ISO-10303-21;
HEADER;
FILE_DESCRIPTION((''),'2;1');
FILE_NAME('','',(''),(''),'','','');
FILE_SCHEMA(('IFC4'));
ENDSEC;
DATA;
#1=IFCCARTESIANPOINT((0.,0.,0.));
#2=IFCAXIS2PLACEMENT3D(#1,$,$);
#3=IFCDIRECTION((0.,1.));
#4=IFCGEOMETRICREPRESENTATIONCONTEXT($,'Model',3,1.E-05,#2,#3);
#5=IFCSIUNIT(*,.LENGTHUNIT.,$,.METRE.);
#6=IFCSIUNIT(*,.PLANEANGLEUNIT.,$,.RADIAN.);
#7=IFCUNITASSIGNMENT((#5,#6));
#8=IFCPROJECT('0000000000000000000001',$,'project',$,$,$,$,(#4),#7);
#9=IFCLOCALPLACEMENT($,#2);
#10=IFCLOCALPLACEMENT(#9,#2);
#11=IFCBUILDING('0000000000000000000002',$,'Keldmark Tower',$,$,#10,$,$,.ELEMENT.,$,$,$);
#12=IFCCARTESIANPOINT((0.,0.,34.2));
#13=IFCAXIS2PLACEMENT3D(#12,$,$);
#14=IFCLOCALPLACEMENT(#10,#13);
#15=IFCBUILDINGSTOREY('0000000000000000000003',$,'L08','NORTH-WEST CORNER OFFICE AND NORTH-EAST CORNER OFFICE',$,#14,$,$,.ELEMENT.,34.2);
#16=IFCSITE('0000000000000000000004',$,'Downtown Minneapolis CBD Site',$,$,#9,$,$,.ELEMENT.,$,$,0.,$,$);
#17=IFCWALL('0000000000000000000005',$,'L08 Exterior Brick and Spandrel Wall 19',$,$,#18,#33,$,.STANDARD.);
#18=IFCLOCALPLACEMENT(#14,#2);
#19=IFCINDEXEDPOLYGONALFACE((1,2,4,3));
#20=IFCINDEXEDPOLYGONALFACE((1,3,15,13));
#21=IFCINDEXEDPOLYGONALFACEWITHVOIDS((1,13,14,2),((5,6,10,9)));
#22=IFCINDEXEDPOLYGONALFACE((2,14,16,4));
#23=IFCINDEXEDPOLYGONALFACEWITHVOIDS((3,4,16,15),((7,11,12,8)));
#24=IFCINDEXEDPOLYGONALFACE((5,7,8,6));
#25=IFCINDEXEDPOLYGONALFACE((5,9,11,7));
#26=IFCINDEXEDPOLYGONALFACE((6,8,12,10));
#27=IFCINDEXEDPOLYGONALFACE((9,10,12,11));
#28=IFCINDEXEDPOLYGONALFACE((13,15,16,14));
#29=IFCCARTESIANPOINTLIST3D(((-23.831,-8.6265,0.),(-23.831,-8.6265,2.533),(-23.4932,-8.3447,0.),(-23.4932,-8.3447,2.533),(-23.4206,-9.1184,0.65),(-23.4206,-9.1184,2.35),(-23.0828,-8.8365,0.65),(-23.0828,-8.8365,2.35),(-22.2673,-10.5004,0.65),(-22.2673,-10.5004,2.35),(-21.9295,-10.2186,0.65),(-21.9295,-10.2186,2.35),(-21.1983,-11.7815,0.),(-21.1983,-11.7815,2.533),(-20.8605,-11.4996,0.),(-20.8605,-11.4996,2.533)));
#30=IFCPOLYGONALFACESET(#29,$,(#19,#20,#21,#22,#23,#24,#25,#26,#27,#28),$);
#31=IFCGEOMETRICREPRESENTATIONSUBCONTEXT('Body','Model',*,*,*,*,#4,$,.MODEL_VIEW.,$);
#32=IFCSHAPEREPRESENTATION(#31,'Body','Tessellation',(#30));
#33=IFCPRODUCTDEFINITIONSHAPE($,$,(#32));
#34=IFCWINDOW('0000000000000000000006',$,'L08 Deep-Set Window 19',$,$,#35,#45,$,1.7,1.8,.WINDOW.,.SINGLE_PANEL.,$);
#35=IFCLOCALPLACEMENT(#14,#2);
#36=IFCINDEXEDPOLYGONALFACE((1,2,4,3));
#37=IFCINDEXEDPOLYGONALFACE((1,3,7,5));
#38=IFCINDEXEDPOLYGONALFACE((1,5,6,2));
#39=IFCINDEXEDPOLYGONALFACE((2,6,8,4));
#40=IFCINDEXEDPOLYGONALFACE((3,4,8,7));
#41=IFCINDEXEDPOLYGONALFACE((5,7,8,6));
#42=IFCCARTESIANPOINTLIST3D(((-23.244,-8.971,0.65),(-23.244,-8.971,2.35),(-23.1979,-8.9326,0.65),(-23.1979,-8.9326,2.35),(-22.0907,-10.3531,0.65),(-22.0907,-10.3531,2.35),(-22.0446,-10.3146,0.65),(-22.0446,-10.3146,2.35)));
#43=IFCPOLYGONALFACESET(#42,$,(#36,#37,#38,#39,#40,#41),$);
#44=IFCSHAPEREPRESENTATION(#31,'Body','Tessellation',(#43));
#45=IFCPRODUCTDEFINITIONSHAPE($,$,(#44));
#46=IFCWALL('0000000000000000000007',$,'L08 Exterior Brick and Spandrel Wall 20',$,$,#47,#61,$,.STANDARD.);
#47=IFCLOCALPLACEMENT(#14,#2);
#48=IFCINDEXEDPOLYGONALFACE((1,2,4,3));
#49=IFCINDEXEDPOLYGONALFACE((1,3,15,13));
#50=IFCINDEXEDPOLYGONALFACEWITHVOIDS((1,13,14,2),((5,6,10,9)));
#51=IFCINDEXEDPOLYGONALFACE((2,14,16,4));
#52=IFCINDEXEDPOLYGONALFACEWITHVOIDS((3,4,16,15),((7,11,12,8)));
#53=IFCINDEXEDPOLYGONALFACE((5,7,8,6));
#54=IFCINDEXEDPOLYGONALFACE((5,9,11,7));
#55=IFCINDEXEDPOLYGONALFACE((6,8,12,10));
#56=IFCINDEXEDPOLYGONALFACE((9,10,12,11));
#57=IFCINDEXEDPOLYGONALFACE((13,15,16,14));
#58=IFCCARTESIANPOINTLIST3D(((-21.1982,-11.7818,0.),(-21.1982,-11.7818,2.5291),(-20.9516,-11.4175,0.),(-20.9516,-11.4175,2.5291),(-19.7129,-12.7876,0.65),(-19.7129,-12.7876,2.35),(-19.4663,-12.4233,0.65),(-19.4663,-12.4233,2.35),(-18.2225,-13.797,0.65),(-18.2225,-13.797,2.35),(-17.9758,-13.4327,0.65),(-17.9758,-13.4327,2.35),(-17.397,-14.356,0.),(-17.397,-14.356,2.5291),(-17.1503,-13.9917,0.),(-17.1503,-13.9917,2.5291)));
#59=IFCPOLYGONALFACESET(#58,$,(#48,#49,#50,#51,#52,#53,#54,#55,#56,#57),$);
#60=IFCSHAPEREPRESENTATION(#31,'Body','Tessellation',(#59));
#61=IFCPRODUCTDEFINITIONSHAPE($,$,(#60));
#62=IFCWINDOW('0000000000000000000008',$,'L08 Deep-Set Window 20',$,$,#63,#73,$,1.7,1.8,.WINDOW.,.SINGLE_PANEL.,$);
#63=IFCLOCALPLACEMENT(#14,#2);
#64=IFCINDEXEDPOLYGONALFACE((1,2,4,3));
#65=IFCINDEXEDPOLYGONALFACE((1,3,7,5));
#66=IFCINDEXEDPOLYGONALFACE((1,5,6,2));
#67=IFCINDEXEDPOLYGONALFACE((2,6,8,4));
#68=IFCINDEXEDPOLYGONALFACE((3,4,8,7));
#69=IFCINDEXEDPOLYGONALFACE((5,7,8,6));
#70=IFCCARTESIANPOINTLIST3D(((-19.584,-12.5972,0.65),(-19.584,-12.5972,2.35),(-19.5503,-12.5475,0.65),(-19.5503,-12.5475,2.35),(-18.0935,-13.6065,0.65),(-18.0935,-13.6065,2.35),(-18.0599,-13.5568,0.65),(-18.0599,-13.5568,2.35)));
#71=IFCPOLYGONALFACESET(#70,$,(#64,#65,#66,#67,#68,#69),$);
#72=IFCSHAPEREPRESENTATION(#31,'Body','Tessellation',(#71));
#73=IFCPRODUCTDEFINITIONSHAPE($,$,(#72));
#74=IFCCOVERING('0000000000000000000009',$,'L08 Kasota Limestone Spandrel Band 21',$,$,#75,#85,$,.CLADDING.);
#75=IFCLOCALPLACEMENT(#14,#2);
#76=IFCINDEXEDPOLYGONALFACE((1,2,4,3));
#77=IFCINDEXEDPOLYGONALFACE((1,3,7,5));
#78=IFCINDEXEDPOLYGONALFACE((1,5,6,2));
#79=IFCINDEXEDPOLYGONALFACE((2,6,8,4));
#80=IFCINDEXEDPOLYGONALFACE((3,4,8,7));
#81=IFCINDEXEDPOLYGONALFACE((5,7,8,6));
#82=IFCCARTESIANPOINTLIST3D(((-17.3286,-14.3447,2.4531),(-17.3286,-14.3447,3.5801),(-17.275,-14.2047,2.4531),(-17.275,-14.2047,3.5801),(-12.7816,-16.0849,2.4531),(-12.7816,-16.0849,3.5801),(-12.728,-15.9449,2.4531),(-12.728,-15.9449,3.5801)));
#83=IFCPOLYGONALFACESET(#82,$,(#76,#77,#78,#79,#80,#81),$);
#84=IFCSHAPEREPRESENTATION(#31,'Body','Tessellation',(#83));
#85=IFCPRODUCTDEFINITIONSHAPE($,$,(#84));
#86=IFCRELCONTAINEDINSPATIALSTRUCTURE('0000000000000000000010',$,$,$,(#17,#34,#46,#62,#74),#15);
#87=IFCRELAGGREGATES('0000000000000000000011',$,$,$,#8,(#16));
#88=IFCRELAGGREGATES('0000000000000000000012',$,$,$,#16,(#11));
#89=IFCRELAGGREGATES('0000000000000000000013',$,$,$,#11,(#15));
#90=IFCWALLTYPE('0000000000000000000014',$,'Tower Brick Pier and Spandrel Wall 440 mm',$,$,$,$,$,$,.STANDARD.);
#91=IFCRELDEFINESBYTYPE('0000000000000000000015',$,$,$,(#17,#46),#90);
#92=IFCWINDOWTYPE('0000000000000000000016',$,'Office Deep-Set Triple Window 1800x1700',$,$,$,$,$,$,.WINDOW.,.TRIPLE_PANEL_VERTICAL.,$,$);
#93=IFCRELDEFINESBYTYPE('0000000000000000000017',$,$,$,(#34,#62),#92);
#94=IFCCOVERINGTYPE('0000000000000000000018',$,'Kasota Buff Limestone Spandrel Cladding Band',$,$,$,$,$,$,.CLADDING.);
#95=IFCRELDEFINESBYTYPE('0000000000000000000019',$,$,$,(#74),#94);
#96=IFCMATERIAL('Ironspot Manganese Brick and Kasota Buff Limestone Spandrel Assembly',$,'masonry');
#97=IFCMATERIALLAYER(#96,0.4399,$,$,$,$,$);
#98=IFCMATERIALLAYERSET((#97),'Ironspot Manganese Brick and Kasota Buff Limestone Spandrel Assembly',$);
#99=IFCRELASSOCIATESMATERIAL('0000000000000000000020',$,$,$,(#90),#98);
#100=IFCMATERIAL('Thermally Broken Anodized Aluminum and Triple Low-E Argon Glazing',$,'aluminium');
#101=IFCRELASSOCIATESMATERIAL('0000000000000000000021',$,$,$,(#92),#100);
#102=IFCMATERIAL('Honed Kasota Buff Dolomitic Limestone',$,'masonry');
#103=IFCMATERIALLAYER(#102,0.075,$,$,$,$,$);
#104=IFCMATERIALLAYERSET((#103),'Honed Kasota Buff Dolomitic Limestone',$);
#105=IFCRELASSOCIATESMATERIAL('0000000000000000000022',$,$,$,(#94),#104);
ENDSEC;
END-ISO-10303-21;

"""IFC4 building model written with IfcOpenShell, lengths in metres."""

from ifc_helpers import new_model, si_unit, direction, frame, frame_2d, origin, origin_2d, place, context, subcontext, project, spatial, rectangle, extrude, material, layer, layer_set, type_object, element, fill, save


model = new_model("IFC4")

# Units and contexts
model_context = context("Model", 3, precision=1e-05, world=origin(), true_north=direction((0.0, 1.0)))
body_context = subcontext(model_context, "Body", "Model", "MODEL_VIEW")
ifc_project = project(units=[si_unit("LENGTHUNIT", "METRE"), si_unit("PLANEANGLEUNIT", "RADIAN")], contexts=[model_context])

# Site, building, storey
site_placement = place(None, origin())
site = spatial("IfcSite", under=ifc_project, at=site_placement, Name="Downtown Minneapolis CBD Site", CompositionType="ELEMENT", RefElevation=0.0)
building_placement = place(site_placement, origin())
building = spatial("IfcBuilding", under=site, at=building_placement, Name="Keldmark Tower", CompositionType="ELEMENT")
storey_placement = place(building_placement, frame((0.0, 0.0, 34.2)))
storey = spatial("IfcBuildingStorey", under=building, at=storey_placement, Name="L08", Description="NORTH-WEST CORNER OFFICE AND NORTH-EAST CORNER OFFICE", CompositionType="ELEMENT", Elevation=34.2)

# Walls, openings, windows
ifc_material_1 = material(Name="Ironspot Manganese Brick and Kasota Buff Limestone Spandrel Assembly", Category="masonry")
ifc_layer_1 = layer(ifc_material_1, 0.4399)
ifc_layer_set_1 = layer_set([ifc_layer_1], Name="Ironspot Manganese Brick and Kasota Buff Limestone Spandrel Assembly")
wall_type_1 = type_object("IfcWallType", Name="Tower Brick Pier and Spandrel Wall 440 mm", PredefinedType="STANDARD", material=ifc_layer_set_1)
ifc_material_2 = material(Name="Thermally Broken Anodized Aluminum and Triple Low-E Argon Glazing", Category="aluminium")
window_type = type_object("IfcWindowType", Name="Office Deep-Set Triple Window 1800x1700", PartitioningType="TRIPLE_PANEL_VERTICAL", PredefinedType="WINDOW", material=ifc_material_2)
wall_1_placement = place(storey_placement, frame((-21.0293, -11.6406, 0.0), z_axis=(0.0, 0.0, 1.0), x_axis=(-0.640704, 0.767788, 0.0)))
wall_1 = element("IfcWall", 1, at=wall_1_placement, inside=storey, type_object=wall_type_1, Name="L08 Exterior Brick and Spandrel Wall 19", PredefinedType="STANDARD", context=body_context, shape_type="SweptSolid", body=[
    extrude(rectangle(XDim=4.1091, YDim=0.4399, at=frame_2d((2.0547, 0.0))), origin(), (0.0, 0.0, 1.0), 2.533),
])
opening_1_placement = place(wall_1_placement, frame((1.6687, 0.0, 0.6499)))
opening_1 = element("IfcOpeningElement", 2, at=opening_1_placement, cuts=wall_1, PredefinedType="OPENING", context=body_context, shape_type="SweptSolid", body=[
    extrude(rectangle(XDim=1.8, YDim=1.7, at=frame_2d((0.8999, 0.8501))), frame((0.0, 0.23, 0.0), z_axis=(0.0, -1.0, 0.0), x_axis=(1.0, 0.0, 0.0)), (0.0, 0.0, 1.0), 0.46),
])
window_1_placement = place(opening_1_placement, origin())
window_1 = element("IfcWindow", 3, at=window_1_placement, inside=storey, type_object=window_type, Name="L08 Deep-Set Window 19", OverallHeight=1.7, OverallWidth=1.8, PartitioningType="SINGLE_PANEL", PredefinedType="WINDOW", context=body_context, shape_type="SweptSolid", body=[
    extrude(rectangle(XDim=1.8, YDim=1.7, at=frame_2d((0.8999, 0.8501))), frame((0.0, -0.01, 0.0), z_axis=(0.0, -1.0, 0.0), x_axis=(1.0, 0.0, 0.0)), (0.0, 0.0, 1.0), 0.0601),
])
fill(opening_1, window_1)
wall_2_placement = place(storey_placement, frame((-17.2737, -14.1738, 0.0), z_axis=(0.0, 0.0, 1.0), x_axis=(-0.828003, 0.560723, 0.0)))
wall_2 = element("IfcWall", 4, at=wall_2_placement, inside=storey, type_object=wall_type_1, Name="L08 Exterior Brick and Spandrel Wall 20", PredefinedType="STANDARD", context=body_context, shape_type="SweptSolid", body=[
    extrude(rectangle(XDim=4.5908, YDim=0.4399, at=frame_2d((2.2954, 0.0))), origin(), (0.0, 0.0, 1.0), 2.5291),
])
opening_2_placement = place(wall_2_placement, frame((0.9971, 0.0, 0.6499)))
opening_2 = element("IfcOpeningElement", 5, at=opening_2_placement, cuts=wall_2, PredefinedType="OPENING", context=body_context, shape_type="SweptSolid", body=[
    extrude(rectangle(XDim=1.8, YDim=1.7, at=frame_2d((0.8999, 0.8501))), frame((0.0, 0.23, 0.0), z_axis=(0.0, -1.0, 0.0), x_axis=(1.0, 0.0, 0.0)), (0.0, 0.0, 1.0), 0.46),
])
window_2_placement = place(opening_2_placement, origin())
window_2 = element("IfcWindow", 6, at=window_2_placement, inside=storey, type_object=window_type, Name="L08 Deep-Set Window 20", OverallHeight=1.7, OverallWidth=1.8, PartitioningType="SINGLE_PANEL", PredefinedType="WINDOW", context=body_context, shape_type="SweptSolid", body=[
    extrude(rectangle(XDim=1.8, YDim=1.7, at=frame_2d((0.8999, 0.8501))), frame((0.0, -0.01, 0.0), z_axis=(0.0, -1.0, 0.0), x_axis=(1.0, 0.0, 0.0)), (0.0, 0.0, 1.0), 0.0601),
])
fill(opening_2, window_2)

# Covering
ifc_material_3 = material(Name="Honed Kasota Buff Dolomitic Limestone", Category="masonry")
ifc_layer_2 = layer(ifc_material_3, 0.075)
ifc_layer_set_2 = layer_set([ifc_layer_2], Name="Honed Kasota Buff Dolomitic Limestone")
covering_type = type_object("IfcCoveringType", Name="Kasota Buff Limestone Spandrel Cladding Band", PredefinedType="CLADDING", material=ifc_layer_set_2)
covering_placement = place(storey_placement, frame((-15.0283, -15.1448, 2.4531), z_axis=(0.0, 0.0, 1.0), x_axis=(0.933936, -0.357439, 0.0)))
element("IfcCovering", 7, at=covering_placement, inside=storey, type_object=covering_type, Name="L08 Kasota Limestone Spandrel Band 21", PredefinedType="CLADDING", context=body_context, shape_type="SweptSolid", body=[
    extrude(rectangle(XDim=4.8687, YDim=0.1499, at=origin_2d()), origin(), (0.0, 0.0, 1.0), 1.127),
])

save(model, "model.ifc")
